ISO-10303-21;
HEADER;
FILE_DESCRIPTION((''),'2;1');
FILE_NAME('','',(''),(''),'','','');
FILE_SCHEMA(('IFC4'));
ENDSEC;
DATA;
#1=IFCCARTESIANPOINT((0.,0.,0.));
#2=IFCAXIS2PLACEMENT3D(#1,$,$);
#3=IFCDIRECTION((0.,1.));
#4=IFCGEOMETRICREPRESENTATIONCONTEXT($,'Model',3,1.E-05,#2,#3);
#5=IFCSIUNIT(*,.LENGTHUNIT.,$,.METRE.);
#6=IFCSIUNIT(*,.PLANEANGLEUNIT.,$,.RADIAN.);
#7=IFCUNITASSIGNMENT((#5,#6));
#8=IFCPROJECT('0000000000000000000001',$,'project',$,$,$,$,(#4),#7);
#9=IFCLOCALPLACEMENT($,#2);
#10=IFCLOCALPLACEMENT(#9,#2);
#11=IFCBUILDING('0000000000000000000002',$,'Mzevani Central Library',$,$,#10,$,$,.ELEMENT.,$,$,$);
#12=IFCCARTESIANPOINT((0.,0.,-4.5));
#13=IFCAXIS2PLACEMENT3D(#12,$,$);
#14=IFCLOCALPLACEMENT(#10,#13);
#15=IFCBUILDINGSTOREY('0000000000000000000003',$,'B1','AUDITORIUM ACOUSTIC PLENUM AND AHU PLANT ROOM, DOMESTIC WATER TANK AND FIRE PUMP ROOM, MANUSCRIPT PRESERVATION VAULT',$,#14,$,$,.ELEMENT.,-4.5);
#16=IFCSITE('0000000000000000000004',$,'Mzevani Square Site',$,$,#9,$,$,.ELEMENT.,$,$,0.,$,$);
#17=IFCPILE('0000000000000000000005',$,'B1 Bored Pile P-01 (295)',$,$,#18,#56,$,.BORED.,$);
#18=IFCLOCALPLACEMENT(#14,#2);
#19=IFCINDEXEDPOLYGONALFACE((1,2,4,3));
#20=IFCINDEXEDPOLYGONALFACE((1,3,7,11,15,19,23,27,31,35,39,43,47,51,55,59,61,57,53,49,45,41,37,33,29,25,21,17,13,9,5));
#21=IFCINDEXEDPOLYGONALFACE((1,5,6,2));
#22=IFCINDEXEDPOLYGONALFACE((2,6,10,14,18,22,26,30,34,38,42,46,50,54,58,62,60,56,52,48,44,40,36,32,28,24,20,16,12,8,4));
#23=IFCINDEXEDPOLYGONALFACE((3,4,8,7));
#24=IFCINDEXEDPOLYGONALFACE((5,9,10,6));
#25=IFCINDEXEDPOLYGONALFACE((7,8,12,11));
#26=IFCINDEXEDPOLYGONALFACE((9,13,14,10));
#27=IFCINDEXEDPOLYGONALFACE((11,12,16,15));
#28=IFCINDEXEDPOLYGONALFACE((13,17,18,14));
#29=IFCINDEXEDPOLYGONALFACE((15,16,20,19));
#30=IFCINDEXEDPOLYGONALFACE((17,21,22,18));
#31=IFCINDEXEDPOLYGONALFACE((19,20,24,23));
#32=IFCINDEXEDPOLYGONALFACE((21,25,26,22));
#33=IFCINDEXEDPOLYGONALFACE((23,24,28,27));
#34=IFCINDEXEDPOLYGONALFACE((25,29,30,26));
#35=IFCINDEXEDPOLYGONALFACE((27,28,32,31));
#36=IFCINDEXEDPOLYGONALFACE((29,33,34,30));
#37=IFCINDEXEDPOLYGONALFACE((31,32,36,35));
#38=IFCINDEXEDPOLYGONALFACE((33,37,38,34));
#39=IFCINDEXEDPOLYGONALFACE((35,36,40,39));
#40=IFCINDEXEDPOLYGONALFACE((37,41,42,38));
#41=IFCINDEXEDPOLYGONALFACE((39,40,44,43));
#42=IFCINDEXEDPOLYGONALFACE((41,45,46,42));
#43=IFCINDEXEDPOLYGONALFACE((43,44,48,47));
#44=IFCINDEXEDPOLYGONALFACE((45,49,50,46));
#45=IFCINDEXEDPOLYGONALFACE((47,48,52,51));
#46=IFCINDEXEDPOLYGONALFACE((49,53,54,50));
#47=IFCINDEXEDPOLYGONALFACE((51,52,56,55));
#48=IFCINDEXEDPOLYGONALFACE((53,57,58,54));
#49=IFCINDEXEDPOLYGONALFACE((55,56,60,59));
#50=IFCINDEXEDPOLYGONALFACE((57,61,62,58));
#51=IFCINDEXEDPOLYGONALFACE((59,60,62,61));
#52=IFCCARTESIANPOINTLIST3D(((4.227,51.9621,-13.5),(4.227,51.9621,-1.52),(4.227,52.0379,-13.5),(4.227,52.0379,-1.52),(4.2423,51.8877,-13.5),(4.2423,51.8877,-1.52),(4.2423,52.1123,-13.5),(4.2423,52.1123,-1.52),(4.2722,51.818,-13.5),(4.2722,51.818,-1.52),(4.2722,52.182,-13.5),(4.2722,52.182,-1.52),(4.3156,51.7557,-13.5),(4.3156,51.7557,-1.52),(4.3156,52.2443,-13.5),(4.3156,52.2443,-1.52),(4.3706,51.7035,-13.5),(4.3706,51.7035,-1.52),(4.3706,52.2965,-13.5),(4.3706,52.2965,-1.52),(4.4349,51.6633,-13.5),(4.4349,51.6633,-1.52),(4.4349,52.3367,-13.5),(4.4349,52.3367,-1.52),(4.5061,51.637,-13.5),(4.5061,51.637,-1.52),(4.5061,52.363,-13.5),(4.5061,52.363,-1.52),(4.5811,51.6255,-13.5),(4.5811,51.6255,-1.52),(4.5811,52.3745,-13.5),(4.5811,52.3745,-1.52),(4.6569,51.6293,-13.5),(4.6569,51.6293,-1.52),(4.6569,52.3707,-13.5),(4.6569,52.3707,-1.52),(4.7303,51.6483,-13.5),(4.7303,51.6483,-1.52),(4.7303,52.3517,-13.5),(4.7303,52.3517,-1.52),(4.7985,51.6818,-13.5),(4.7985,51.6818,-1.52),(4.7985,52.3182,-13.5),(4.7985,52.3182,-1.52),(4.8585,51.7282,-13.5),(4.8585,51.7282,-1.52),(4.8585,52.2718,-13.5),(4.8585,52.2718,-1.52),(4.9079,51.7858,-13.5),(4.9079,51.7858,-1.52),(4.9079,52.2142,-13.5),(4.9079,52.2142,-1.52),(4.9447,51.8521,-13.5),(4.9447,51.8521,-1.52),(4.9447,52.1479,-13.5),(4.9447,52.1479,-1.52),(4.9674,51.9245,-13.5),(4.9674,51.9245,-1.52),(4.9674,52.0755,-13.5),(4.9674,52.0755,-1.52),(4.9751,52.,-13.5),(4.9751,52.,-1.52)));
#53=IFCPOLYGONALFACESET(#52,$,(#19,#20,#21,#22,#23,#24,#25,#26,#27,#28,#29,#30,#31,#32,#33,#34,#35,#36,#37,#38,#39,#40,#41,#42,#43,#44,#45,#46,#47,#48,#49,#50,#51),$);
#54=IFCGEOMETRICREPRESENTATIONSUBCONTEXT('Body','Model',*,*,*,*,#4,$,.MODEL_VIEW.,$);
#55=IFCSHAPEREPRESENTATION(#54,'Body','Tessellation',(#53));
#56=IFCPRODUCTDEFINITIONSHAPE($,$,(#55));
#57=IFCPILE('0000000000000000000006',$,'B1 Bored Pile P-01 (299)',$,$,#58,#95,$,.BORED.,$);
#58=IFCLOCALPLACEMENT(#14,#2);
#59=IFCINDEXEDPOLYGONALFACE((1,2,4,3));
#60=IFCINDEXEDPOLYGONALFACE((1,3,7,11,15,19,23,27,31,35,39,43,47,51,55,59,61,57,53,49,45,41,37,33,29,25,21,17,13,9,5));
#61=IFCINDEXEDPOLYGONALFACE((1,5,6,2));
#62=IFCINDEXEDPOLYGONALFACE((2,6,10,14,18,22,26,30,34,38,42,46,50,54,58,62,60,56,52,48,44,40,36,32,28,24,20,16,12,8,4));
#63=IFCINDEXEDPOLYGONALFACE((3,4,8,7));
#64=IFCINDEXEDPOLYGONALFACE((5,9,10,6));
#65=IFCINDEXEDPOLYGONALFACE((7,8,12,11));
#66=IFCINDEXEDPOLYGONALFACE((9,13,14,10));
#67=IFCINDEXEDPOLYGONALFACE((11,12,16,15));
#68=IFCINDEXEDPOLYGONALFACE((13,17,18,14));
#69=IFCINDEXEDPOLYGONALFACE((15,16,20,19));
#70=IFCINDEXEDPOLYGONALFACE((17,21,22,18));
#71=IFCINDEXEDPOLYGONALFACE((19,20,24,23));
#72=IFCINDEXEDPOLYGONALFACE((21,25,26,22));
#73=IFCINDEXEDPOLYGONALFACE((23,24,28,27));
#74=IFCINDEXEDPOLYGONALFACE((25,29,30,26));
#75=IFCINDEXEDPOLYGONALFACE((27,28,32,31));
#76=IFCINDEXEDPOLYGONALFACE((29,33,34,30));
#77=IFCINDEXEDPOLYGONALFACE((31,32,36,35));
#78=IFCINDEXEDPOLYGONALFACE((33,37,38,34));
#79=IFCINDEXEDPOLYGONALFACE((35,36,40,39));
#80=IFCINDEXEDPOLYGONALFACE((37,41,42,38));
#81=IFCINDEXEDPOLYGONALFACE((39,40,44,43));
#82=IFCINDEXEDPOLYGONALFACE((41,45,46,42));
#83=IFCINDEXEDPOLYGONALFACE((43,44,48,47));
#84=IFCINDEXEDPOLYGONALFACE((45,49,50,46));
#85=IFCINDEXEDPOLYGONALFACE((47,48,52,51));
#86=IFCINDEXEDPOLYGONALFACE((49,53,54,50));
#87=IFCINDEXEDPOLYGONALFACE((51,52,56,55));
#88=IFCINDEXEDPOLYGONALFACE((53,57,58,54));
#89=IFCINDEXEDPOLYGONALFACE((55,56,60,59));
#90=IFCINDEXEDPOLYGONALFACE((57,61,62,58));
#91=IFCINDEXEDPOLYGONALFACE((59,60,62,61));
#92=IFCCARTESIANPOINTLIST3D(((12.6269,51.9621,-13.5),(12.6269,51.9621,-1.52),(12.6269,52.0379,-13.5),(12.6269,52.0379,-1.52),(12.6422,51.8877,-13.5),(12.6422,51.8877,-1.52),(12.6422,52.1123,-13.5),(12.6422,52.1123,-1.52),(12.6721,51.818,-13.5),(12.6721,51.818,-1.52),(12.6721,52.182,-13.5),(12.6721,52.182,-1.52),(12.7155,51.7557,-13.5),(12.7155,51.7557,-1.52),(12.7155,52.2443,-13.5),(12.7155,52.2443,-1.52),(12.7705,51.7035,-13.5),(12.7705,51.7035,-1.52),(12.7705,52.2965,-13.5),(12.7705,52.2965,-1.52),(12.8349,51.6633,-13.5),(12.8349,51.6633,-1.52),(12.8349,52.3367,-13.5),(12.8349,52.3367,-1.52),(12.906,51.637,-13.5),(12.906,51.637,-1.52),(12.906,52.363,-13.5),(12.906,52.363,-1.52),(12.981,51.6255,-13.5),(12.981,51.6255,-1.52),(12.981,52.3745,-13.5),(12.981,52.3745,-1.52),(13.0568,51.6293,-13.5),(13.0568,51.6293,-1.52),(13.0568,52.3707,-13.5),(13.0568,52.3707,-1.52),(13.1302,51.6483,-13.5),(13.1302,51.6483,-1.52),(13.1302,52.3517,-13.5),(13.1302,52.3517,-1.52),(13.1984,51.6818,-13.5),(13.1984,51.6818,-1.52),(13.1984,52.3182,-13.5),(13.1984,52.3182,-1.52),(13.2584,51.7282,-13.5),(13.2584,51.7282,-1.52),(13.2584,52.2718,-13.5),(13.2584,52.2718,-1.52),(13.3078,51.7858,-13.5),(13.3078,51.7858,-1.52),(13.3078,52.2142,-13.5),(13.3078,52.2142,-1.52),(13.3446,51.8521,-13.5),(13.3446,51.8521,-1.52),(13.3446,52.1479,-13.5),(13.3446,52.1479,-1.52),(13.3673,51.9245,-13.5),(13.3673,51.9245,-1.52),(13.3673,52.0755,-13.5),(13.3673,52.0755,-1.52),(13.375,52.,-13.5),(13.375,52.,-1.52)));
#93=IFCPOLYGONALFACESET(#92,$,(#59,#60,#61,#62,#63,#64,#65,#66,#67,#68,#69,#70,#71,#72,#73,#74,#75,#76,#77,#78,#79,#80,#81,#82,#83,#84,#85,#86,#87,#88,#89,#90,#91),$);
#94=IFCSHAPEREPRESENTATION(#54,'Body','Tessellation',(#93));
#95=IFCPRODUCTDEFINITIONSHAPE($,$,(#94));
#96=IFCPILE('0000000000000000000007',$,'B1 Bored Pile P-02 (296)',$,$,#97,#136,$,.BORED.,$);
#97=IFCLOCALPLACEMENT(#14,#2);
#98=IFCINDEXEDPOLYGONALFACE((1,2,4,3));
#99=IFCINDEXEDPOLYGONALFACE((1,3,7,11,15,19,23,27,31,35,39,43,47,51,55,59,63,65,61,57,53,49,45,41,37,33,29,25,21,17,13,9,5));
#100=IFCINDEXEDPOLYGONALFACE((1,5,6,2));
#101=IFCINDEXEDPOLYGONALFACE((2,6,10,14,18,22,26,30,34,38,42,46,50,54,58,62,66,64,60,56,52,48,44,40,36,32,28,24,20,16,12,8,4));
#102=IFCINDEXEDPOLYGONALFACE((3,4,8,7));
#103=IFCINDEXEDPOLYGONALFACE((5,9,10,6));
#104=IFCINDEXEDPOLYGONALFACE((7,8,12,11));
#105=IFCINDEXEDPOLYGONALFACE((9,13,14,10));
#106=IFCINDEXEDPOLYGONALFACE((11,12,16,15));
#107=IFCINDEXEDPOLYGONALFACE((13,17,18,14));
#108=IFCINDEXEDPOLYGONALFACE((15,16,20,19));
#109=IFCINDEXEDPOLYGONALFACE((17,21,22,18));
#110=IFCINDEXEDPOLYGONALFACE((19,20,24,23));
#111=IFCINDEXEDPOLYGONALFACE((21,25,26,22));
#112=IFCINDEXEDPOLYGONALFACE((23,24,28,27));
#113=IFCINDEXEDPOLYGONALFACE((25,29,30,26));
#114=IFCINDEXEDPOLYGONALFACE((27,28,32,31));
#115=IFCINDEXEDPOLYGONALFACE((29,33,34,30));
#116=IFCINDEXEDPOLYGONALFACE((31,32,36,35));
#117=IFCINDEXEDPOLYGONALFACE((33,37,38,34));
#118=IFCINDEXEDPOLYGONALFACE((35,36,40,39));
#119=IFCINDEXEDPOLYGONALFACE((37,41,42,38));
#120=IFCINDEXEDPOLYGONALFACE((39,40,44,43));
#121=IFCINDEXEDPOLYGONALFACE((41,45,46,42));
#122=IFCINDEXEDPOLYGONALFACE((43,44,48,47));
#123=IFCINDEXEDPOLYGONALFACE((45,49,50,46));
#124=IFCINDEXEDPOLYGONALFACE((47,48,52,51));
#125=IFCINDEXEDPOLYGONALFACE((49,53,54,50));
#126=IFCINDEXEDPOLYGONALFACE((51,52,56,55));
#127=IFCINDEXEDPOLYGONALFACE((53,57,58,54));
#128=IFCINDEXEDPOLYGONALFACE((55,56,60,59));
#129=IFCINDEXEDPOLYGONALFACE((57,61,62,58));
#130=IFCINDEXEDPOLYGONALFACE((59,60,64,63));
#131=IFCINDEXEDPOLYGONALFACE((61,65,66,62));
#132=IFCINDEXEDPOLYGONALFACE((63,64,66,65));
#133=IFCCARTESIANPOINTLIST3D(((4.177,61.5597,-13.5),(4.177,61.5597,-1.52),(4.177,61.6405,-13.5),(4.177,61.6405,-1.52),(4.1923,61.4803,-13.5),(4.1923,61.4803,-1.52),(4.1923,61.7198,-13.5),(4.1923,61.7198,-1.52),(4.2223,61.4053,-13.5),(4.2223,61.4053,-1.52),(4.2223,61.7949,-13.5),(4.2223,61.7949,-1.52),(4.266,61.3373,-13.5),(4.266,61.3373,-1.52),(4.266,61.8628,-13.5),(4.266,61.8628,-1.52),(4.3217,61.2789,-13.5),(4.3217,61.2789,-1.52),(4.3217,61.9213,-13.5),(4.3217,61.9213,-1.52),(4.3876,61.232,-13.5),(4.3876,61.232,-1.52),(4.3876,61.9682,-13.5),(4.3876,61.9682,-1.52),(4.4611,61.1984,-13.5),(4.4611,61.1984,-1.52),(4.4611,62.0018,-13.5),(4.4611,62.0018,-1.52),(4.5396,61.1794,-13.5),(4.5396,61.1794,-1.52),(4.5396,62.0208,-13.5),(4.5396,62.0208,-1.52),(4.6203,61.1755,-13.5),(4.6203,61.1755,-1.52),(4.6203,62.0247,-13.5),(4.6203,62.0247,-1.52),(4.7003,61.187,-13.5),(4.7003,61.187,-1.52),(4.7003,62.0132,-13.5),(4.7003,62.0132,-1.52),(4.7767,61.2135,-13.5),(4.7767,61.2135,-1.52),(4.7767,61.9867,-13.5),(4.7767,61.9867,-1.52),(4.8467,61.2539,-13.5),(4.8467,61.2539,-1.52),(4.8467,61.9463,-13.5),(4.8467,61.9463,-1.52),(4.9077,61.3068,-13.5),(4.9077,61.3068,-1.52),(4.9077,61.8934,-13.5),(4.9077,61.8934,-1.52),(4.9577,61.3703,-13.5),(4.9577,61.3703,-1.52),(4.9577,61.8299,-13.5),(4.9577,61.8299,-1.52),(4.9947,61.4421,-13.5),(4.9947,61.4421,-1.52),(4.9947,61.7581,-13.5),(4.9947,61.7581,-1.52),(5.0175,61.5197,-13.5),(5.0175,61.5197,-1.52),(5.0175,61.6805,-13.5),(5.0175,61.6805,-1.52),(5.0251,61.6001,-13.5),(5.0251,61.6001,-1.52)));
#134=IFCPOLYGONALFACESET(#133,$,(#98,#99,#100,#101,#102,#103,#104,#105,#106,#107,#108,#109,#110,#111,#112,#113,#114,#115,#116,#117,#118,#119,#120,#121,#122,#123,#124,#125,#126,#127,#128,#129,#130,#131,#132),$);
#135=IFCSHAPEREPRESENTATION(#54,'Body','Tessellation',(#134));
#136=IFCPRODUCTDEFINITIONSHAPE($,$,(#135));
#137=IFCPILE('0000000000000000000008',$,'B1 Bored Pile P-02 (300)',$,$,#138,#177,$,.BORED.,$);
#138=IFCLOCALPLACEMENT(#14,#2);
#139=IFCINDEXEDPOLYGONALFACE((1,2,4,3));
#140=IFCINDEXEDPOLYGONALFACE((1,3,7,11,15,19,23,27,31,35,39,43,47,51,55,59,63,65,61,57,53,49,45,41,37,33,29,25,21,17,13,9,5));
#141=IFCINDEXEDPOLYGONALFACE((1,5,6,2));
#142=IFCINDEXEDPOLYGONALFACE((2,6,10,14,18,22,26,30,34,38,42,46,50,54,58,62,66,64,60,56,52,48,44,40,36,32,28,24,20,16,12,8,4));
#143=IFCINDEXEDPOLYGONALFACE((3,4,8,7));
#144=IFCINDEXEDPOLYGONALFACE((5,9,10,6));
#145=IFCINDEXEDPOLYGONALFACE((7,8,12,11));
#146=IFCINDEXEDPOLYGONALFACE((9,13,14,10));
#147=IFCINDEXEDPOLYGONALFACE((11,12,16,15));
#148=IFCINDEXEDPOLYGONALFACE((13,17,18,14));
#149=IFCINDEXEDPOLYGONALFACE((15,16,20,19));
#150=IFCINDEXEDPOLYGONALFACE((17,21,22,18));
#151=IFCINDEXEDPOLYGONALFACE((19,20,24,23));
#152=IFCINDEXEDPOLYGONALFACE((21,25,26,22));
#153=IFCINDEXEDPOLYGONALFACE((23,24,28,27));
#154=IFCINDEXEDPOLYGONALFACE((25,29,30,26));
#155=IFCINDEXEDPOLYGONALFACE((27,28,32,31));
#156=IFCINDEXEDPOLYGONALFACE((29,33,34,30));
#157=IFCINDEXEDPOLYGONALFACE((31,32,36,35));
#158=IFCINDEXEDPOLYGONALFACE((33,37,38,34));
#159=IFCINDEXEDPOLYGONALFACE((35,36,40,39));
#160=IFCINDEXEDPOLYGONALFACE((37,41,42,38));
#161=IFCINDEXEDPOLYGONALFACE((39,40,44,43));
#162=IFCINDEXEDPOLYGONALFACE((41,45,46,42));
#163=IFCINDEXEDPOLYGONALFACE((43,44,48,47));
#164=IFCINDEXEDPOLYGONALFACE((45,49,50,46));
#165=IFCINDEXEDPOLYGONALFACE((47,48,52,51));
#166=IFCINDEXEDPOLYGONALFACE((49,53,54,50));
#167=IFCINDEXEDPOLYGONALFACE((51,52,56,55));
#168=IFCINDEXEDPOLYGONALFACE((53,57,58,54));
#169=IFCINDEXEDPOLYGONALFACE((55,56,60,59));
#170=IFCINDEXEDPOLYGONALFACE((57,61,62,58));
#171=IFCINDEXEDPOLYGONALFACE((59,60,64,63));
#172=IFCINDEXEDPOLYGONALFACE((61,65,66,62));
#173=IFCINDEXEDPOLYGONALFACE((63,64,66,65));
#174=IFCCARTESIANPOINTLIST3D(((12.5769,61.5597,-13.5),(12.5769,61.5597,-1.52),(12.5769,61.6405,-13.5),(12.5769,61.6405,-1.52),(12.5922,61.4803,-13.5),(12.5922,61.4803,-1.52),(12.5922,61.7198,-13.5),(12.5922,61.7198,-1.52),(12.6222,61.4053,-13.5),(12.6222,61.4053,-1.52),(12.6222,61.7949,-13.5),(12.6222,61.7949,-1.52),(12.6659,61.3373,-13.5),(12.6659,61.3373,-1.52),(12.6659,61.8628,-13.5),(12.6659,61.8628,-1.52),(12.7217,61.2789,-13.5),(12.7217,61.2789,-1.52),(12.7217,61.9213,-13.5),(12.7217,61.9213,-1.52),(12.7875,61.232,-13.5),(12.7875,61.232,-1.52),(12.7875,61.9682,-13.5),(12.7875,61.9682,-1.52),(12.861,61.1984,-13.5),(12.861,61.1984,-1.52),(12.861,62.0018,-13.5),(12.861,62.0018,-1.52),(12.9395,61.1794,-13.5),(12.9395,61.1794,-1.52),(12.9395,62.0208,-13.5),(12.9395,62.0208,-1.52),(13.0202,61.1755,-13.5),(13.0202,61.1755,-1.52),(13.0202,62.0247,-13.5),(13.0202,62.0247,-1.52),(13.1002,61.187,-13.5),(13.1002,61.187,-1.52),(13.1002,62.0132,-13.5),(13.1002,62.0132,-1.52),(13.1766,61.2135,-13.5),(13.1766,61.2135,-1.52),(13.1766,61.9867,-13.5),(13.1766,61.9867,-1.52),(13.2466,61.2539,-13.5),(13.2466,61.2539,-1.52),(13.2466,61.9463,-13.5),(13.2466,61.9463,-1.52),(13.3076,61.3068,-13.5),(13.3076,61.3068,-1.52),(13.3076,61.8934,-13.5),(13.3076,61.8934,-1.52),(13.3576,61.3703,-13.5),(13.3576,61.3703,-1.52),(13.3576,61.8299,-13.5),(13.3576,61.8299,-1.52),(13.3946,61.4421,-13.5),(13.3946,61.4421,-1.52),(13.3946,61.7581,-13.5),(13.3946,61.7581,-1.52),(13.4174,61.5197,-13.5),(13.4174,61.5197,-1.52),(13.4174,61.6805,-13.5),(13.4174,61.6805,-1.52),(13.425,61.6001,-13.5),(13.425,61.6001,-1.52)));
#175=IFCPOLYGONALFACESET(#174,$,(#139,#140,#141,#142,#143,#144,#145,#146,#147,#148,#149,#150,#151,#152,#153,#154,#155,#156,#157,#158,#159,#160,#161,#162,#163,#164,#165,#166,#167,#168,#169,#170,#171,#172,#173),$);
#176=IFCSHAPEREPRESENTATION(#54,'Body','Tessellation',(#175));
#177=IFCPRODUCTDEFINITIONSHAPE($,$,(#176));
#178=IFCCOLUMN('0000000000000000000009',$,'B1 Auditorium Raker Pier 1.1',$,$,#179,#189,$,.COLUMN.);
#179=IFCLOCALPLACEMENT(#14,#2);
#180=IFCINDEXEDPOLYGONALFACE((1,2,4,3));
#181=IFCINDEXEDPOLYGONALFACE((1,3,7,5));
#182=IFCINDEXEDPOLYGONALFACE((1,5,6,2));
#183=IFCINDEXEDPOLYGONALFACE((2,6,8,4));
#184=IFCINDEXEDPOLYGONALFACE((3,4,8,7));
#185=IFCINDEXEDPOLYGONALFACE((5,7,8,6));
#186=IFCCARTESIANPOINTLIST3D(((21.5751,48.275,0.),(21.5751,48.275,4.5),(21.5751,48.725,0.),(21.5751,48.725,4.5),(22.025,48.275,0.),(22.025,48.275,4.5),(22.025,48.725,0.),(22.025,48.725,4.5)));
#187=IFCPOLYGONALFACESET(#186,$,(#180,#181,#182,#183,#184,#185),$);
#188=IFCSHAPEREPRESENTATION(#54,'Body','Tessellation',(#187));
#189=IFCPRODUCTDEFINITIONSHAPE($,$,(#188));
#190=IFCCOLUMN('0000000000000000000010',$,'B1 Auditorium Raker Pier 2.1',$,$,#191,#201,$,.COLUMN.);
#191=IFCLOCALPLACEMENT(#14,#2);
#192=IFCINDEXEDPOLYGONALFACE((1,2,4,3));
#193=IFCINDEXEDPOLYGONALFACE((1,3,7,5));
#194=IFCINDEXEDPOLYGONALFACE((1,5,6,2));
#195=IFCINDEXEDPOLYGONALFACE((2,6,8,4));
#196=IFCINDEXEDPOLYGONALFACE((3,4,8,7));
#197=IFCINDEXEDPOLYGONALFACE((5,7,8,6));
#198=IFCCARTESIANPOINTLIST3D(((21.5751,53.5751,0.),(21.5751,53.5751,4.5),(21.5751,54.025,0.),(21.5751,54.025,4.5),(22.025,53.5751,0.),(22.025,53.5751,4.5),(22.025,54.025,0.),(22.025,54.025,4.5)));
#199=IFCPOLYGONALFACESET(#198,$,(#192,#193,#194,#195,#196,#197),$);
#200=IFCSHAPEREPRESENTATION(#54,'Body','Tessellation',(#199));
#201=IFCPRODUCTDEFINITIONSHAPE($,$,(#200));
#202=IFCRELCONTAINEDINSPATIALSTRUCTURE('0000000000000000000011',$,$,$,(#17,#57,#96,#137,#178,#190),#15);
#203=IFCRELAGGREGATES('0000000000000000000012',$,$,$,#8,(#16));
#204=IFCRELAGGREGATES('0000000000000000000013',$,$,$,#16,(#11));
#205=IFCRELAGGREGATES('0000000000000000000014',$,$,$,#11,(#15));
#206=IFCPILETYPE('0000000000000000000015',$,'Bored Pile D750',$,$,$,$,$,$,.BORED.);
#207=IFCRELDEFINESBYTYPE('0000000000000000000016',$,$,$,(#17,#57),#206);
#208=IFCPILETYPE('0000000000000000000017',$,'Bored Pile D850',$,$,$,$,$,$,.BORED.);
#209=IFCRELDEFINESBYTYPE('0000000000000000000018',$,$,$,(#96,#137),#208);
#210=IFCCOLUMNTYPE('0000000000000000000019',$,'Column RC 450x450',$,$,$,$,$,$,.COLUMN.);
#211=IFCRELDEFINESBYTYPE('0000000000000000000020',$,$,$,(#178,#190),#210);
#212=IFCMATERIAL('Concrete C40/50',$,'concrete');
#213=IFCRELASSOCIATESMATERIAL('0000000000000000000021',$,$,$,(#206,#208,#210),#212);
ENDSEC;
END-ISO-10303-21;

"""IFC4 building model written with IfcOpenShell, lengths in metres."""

from ifc_helpers import new_model, si_unit, direction, frame, origin, origin_2d, place, context, subcontext, project, spatial, rectangle, circle, extrude, material, material_profile, profile_set, type_object, element, save


model = new_model("IFC4")

# Units and contexts
model_context = context("Model", 3, precision=1e-05, world=origin(), true_north=direction((0.0, 1.0)))
body_context = subcontext(model_context, "Body", "Model", "MODEL_VIEW")
ifc_project = project(units=[si_unit("LENGTHUNIT", "METRE"), si_unit("PLANEANGLEUNIT", "RADIAN")], contexts=[model_context])

# Site, building, storey
site_placement = place(None, origin())
site = spatial("IfcSite", under=ifc_project, at=site_placement, Name="Mzevani Square Site", CompositionType="ELEMENT", RefElevation=0.0)
building_placement = place(site_placement, origin())
building = spatial("IfcBuilding", under=site, at=building_placement, Name="Mzevani Central Library", CompositionType="ELEMENT")
storey_placement = place(building_placement, frame((0.0, 0.0, -4.5)))
storey = spatial("IfcBuildingStorey", under=building, at=storey_placement, Name="B1", Description="AUDITORIUM ACOUSTIC PLENUM AND AHU PLANT ROOM, DOMESTIC WATER TANK AND FIRE PUMP ROOM, MANUSCRIPT PRESERVATION VAULT", CompositionType="ELEMENT", Elevation=-4.5)

# Piles
ifc_material_1 = material(Name="Concrete C40/50", Category="concrete")
ifc_material_profile_1 = material_profile(ifc_material_1, circle(Radius=0.375, at=origin_2d()), Name="PILE D750")
ifc_profile_set_1 = profile_set([ifc_material_profile_1], Name="Concrete C40/50")
pile_type_1 = type_object("IfcPileType", Name="Bored Pile D750", PredefinedType="BORED", material=ifc_profile_set_1)
for number, where, z_axis, x_axis, name in (
    (1, (4.6001, 52.0, -1.52), (0.0, 0.0, -1.0), (1.0, 0.0, 0.0), "B1 Bored Pile P-01 (295)"),
    (2, (13.0, 52.0, -1.52), (0.0, 0.0, -1.0), (1.0, 0.0, 0.0), "B1 Bored Pile P-01 (299)"),
):
    element("IfcPile", number, at=place(storey_placement, frame(where, z_axis=z_axis, x_axis=x_axis)), inside=storey, type_object=pile_type_1, Name=name, PredefinedType="BORED", context=body_context, shape_type="SweptSolid", body=[
        extrude(circle(Radius=0.375, at=origin_2d()), origin(), (0.0, 0.0, 1.0), 11.98),
    ])
ifc_material_profile_2 = material_profile(ifc_material_1, circle(Radius=0.425, at=origin_2d()), Name="PILE D850")
ifc_profile_set_2 = profile_set([ifc_material_profile_2], Name="Concrete C40/50")
pile_type_2 = type_object("IfcPileType", Name="Bored Pile D850", PredefinedType="BORED", material=ifc_profile_set_2)
for number, where, z_axis, x_axis, name in (
    (3, (4.6001, 61.6001, -1.52), (0.0, 0.0, -1.0), (1.0, 0.0, 0.0), "B1 Bored Pile P-02 (296)"),
    (4, (13.0, 61.6001, -1.52), (0.0, 0.0, -1.0), (1.0, 0.0, 0.0), "B1 Bored Pile P-02 (300)"),
):
    element("IfcPile", number, at=place(storey_placement, frame(where, z_axis=z_axis, x_axis=x_axis)), inside=storey, type_object=pile_type_2, Name=name, PredefinedType="BORED", context=body_context, shape_type="SweptSolid", body=[
        extrude(circle(Radius=0.425, at=origin_2d()), origin(), (0.0, 0.0, 1.0), 11.98),
    ])

# Columns
ifc_material_profile_3 = material_profile(ifc_material_1, rectangle(XDim=0.45, YDim=0.45, at=origin_2d()), Name="RC 450x450")
ifc_profile_set_3 = profile_set([ifc_material_profile_3], Name="Concrete C40/50")
column_type_1 = type_object("IfcColumnType", Name="Column RC 450x450", PredefinedType="COLUMN", material=ifc_profile_set_3)
for number, where, z_axis, x_axis, name in (
    (5, (21.8, 48.5, 0.0), (0.0, 0.0, 1.0), (1.0, 0.0, 0.0), "B1 Auditorium Raker Pier 1.1"),
    (6, (21.8, 53.8, 0.0), (0.0, 0.0, 1.0), (1.0, 0.0, 0.0), "B1 Auditorium Raker Pier 2.1"),
):
    element("IfcColumn", number, at=place(storey_placement, frame(where, z_axis=z_axis, x_axis=x_axis)), inside=storey, type_object=column_type_1, Name=name, PredefinedType="COLUMN", context=body_context, shape_type="SweptSolid", body=[
        extrude(rectangle(XDim=0.45, YDim=0.45, at=origin_2d()), origin(), (0.0, 0.0, 1.0), 4.5),
    ])

save(model, "model.ifc")
